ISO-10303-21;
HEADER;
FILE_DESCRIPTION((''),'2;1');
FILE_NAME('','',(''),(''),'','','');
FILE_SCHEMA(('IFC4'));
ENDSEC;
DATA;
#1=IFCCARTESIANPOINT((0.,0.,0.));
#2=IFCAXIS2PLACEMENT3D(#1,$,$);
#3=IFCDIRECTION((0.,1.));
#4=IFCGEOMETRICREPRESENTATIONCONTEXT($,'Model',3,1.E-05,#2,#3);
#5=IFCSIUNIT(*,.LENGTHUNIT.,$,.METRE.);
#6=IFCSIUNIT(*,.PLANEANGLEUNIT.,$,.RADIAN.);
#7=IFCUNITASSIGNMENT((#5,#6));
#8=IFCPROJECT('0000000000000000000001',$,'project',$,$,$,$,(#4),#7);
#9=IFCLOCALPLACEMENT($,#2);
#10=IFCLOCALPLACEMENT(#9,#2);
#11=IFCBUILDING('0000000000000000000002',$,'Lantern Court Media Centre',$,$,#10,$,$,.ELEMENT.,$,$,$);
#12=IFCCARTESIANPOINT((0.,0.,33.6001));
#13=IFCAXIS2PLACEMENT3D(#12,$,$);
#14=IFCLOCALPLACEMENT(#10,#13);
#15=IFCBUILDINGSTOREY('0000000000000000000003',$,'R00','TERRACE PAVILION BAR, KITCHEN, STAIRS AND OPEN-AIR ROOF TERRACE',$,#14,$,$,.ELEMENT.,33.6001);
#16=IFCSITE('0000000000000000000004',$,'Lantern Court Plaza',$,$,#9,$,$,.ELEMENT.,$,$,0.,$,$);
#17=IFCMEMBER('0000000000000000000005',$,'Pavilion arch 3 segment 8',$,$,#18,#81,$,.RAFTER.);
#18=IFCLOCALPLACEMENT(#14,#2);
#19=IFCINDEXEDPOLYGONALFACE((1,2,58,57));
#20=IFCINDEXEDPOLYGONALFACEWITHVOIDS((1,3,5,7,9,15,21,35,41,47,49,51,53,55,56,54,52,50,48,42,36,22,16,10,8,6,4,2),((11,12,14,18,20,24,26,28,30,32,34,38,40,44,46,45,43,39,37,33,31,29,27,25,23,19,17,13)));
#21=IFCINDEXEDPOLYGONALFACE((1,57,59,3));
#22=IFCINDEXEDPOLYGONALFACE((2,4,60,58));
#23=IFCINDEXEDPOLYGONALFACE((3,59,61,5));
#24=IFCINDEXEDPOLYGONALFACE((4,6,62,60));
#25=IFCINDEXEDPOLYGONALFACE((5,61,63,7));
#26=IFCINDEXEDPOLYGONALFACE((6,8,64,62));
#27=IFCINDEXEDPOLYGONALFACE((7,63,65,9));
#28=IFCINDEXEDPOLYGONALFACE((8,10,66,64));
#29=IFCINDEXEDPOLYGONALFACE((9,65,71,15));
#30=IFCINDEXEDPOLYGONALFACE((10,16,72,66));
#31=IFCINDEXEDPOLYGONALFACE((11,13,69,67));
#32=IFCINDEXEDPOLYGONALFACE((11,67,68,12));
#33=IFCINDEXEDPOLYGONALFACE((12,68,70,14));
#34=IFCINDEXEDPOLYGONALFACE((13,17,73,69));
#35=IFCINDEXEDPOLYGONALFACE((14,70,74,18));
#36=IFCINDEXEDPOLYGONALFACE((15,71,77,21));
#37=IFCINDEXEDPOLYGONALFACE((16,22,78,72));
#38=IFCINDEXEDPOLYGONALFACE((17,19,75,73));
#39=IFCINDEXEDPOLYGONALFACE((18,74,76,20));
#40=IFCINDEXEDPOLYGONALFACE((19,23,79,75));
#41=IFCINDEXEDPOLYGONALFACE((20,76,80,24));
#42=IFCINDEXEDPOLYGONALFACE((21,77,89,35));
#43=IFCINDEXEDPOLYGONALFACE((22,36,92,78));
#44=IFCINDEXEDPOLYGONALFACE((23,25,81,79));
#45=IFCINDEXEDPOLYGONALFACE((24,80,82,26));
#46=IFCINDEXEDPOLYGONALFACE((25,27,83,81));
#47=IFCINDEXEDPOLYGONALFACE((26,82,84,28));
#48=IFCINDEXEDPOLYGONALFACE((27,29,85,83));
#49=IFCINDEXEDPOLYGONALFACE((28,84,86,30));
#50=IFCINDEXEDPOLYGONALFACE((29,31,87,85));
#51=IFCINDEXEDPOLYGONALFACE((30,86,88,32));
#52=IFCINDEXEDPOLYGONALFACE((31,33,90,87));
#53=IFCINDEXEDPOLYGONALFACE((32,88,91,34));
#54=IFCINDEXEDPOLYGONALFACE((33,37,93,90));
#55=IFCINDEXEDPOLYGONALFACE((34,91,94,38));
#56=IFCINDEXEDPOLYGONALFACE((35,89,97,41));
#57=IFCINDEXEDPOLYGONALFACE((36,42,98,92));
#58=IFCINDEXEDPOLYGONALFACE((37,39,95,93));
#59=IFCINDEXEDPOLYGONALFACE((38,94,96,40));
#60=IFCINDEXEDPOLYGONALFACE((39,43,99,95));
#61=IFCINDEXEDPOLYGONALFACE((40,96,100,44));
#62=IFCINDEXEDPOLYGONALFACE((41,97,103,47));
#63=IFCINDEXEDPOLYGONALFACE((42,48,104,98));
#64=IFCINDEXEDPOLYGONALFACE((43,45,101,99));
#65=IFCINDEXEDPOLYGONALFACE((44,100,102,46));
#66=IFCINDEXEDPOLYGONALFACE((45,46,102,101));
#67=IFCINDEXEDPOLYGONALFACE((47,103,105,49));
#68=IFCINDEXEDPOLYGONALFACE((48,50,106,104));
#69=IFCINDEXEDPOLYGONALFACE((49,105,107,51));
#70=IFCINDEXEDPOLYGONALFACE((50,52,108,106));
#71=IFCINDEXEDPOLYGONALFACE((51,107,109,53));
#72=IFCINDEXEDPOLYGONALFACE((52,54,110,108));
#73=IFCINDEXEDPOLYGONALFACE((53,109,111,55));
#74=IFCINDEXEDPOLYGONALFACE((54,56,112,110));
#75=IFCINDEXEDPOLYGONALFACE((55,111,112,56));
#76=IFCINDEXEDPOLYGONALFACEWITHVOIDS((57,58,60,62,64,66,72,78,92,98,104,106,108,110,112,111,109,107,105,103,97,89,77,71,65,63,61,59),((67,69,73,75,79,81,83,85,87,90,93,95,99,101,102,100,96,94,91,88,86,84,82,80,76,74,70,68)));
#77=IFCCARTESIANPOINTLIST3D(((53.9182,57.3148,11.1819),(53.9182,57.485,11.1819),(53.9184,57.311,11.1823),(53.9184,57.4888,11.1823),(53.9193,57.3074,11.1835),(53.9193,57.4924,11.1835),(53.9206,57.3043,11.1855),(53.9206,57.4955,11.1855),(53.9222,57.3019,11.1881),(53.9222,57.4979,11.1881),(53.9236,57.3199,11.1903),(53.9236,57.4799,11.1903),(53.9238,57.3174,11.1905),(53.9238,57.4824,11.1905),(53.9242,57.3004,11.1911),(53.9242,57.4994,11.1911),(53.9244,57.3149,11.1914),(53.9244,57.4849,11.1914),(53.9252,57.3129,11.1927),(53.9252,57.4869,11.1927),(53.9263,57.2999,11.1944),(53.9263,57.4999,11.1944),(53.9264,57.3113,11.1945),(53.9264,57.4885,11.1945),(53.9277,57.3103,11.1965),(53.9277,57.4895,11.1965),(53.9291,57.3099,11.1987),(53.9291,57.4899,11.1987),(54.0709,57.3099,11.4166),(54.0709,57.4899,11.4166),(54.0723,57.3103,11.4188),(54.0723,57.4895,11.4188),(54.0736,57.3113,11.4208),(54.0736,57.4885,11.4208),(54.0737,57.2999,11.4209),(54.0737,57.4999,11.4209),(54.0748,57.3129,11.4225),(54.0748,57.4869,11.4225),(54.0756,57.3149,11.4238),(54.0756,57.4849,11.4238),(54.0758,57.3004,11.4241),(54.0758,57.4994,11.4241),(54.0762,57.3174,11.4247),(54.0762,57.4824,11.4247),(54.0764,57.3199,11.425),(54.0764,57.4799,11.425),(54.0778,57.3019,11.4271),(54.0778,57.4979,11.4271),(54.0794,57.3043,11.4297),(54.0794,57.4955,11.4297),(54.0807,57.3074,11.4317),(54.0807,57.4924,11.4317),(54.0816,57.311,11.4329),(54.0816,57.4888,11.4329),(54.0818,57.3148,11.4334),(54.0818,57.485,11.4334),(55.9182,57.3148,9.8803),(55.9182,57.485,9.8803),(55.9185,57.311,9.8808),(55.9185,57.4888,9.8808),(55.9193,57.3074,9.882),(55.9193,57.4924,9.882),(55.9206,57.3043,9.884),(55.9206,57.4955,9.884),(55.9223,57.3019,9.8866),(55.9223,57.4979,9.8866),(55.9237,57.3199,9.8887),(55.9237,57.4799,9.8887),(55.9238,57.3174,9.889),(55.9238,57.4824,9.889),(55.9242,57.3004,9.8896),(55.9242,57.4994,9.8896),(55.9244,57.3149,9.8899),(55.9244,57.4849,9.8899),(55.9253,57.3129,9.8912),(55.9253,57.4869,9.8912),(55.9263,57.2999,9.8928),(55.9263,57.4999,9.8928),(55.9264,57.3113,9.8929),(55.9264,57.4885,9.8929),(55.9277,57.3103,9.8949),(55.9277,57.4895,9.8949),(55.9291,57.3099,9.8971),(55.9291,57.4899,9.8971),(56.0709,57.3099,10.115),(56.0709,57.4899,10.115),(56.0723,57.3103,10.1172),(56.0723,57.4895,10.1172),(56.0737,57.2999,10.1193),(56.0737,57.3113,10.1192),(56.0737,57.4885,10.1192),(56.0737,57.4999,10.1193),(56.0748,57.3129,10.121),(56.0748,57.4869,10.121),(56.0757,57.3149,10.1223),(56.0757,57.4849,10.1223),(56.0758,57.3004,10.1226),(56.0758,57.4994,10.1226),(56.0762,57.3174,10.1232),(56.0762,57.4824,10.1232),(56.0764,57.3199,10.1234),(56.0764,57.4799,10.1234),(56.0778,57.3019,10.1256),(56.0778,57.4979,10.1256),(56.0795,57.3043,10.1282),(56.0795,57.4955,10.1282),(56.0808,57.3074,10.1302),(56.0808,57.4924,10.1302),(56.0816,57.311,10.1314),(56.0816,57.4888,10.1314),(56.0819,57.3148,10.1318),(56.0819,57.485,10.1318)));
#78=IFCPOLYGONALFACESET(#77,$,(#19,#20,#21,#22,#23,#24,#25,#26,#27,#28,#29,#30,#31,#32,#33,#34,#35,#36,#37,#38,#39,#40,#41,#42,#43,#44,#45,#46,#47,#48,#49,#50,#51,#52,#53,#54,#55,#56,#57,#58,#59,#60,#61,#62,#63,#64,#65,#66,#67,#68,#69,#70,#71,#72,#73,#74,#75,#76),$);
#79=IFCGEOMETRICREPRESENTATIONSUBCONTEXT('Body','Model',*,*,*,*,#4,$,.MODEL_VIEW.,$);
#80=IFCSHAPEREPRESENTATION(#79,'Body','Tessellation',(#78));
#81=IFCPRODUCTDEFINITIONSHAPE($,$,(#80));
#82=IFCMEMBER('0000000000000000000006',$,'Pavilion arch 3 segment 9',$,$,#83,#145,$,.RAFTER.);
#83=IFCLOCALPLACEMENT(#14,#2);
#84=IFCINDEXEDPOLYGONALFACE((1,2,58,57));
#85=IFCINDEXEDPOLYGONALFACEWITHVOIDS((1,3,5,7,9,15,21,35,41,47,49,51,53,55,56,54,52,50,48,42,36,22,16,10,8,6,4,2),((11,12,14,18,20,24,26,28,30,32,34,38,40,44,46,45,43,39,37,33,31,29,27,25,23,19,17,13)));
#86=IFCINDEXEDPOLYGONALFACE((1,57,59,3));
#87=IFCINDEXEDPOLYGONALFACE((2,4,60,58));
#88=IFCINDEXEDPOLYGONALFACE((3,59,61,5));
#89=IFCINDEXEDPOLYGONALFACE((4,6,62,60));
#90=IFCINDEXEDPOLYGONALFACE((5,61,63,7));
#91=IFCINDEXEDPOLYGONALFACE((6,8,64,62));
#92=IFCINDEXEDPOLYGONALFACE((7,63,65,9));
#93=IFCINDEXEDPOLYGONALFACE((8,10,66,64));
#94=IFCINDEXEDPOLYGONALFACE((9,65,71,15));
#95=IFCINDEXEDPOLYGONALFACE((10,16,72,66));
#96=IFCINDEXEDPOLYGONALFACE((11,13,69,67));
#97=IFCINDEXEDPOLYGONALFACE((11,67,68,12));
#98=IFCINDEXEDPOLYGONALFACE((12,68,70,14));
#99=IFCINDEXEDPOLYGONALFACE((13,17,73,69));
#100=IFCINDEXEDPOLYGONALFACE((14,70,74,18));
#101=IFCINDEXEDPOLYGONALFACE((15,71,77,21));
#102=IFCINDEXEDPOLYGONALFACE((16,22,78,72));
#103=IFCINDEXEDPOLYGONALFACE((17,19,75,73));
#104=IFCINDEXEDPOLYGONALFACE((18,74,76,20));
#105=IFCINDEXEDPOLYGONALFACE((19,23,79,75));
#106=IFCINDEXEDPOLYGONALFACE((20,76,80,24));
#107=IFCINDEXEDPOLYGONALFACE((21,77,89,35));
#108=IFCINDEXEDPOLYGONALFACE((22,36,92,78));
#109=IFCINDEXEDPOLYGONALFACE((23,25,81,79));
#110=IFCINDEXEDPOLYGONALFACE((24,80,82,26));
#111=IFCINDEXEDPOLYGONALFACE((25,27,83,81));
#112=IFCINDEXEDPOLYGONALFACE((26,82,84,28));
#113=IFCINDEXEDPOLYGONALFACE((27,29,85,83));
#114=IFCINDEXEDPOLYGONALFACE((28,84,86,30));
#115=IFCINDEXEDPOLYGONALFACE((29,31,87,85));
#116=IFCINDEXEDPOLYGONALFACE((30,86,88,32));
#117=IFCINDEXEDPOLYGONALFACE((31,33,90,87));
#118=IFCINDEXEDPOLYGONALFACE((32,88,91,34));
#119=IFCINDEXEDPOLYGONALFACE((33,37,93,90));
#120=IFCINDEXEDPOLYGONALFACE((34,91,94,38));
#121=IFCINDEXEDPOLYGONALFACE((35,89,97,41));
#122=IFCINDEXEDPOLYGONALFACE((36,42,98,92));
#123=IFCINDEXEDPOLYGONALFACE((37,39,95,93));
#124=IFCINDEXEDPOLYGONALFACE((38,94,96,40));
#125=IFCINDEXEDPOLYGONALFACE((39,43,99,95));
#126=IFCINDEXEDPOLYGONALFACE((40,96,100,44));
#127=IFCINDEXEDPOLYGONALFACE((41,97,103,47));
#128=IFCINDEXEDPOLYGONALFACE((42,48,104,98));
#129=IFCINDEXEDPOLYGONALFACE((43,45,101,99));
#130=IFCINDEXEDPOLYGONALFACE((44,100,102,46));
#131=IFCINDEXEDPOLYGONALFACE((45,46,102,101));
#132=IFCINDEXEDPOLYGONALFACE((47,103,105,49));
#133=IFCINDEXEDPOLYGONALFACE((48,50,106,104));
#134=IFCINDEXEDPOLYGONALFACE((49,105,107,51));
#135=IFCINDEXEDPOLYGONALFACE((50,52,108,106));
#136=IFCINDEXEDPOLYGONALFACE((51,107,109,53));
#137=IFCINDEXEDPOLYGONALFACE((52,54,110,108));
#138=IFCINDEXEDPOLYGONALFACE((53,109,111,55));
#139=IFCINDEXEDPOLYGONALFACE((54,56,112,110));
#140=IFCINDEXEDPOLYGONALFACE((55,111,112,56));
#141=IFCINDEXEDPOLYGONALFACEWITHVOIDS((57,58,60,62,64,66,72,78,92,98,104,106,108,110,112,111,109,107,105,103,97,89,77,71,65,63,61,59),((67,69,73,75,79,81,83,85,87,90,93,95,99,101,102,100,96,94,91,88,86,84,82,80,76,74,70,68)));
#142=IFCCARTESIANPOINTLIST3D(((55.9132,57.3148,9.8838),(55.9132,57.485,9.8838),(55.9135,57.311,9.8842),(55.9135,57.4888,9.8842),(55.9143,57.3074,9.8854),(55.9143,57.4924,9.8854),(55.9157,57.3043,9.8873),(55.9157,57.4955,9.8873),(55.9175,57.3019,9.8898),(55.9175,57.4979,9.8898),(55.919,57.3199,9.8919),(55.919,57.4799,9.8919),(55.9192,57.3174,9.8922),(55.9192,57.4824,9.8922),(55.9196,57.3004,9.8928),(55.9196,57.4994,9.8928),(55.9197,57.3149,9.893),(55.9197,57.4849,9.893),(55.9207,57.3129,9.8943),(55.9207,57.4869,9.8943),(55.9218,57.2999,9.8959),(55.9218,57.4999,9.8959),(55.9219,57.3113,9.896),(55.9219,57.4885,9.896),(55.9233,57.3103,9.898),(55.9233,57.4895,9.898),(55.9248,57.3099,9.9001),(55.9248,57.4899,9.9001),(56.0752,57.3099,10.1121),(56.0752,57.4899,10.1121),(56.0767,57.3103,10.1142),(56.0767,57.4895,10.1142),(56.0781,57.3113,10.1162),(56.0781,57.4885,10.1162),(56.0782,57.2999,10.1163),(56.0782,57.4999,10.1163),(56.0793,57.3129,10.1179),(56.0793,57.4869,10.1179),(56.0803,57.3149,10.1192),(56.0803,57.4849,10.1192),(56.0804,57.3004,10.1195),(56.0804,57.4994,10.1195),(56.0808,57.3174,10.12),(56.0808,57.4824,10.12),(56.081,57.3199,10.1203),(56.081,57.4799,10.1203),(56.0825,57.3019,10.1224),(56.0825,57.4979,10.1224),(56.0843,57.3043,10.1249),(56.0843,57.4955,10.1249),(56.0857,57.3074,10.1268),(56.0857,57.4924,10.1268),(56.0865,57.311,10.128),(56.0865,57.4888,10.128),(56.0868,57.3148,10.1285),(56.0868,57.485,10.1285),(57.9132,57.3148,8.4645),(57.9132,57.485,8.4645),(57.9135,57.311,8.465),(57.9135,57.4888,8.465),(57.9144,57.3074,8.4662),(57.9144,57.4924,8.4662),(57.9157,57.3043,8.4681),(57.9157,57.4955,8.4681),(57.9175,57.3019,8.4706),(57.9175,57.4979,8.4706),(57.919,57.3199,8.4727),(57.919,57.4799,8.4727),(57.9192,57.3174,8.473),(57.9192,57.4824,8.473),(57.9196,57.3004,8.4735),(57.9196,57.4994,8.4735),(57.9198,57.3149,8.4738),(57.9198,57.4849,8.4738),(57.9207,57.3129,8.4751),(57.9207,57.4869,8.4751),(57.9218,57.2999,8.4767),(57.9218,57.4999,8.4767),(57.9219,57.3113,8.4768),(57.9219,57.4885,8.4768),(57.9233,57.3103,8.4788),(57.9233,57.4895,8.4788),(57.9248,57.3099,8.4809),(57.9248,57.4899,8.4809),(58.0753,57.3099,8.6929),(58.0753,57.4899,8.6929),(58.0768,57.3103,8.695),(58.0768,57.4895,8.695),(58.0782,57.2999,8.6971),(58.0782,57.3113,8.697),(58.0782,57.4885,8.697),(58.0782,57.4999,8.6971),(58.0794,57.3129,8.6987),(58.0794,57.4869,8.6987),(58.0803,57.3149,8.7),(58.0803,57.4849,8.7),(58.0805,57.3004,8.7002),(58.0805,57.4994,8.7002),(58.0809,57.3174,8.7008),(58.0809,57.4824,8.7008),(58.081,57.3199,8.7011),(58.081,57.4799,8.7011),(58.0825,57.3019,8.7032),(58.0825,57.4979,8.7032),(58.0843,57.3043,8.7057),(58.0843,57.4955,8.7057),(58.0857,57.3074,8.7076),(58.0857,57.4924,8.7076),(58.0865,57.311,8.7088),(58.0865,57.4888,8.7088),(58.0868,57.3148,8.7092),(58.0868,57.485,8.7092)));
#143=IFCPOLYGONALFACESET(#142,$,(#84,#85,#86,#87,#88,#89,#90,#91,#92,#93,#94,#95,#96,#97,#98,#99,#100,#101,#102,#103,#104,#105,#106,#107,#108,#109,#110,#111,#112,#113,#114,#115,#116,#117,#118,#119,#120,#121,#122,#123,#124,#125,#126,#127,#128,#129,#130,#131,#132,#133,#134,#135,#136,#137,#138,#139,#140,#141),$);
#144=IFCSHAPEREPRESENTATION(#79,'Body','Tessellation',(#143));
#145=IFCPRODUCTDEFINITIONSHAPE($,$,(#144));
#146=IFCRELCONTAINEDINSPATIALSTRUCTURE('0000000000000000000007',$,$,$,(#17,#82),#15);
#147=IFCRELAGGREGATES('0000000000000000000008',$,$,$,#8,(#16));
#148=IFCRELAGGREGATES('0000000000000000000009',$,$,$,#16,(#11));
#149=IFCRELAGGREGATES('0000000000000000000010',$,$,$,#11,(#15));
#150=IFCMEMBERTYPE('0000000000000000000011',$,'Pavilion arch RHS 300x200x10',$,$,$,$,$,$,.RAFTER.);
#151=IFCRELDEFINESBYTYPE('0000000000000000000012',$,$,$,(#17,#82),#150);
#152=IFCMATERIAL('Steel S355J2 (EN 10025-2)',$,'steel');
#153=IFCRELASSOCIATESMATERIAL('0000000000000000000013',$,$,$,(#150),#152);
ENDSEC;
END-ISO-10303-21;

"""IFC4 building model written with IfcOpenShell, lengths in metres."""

from ifc_helpers import new_model, si_unit, direction, frame, origin, origin_2d, place, context, subcontext, project, spatial, hollow_rectangle, extrude, material, material_profile, profile_set, type_object, element, save


model = new_model("IFC4")

# Units and contexts
model_context = context("Model", 3, precision=1e-05, world=origin(), true_north=direction((0.0, 1.0)))
body_context = subcontext(model_context, "Body", "Model", "MODEL_VIEW")
ifc_project = project(units=[si_unit("LENGTHUNIT", "METRE"), si_unit("PLANEANGLEUNIT", "RADIAN")], contexts=[model_context])

# Site, building, storey
site_placement = place(None, origin())
site = spatial("IfcSite", under=ifc_project, at=site_placement, Name="Lantern Court Plaza", CompositionType="ELEMENT", RefElevation=0.0)
building_placement = place(site_placement, origin())
building = spatial("IfcBuilding", under=site, at=building_placement, Name="Lantern Court Media Centre", CompositionType="ELEMENT")
storey_placement = place(building_placement, frame((0.0, 0.0, 33.6001)))
storey = spatial("IfcBuildingStorey", under=building, at=storey_placement, Name="R00", Description="TERRACE PAVILION BAR, KITCHEN, STAIRS AND OPEN-AIR ROOF TERRACE", CompositionType="ELEMENT", Elevation=33.6001)

# Members
ifc_material_1 = material(Name="Steel S355J2 (EN 10025-2)", Category="steel")
ifc_material_profile_1 = material_profile(ifc_material_1, hollow_rectangle(XDim=0.2, YDim=0.3, WallThickness=0.01, InnerFilletRadius=0.01, OuterFilletRadius=0.0149, at=origin_2d()), Name="Pavilion arch RHS 300x200x10")
ifc_profile_set_1 = profile_set([ifc_material_profile_1], Name="Steel S355J2 (EN 10025-2)")
member_type_1 = type_object("IfcMemberType", Name="Pavilion arch RHS 300x200x10", PredefinedType="RAFTER", material=ifc_profile_set_1)
member_1_placement = place(storey_placement, frame((54.0, 57.3999, 11.3076), z_axis=(0.838154, 0.0, -0.545434), x_axis=(0.0, 1.0, 0.0)))
element("IfcMember", 1, at=member_1_placement, inside=storey, type_object=member_type_1, Name="Pavilion arch 3 segment 8", PredefinedType="RAFTER", context=body_context, shape_type="SweptSolid", body=[
    extrude(hollow_rectangle(XDim=0.2, YDim=0.3, WallThickness=0.01, InnerFilletRadius=0.01, OuterFilletRadius=0.0149, at=origin_2d()), origin(), (0.0, 0.0, 1.0), 2.3862),
])
member_2_placement = place(storey_placement, frame((56.0, 57.3999, 10.0061), z_axis=(0.815539, 0.0, -0.578702), x_axis=(0.0, 1.0, 0.0)))
element("IfcMember", 2, at=member_2_placement, inside=storey, type_object=member_type_1, Name="Pavilion arch 3 segment 9", PredefinedType="RAFTER", context=body_context, shape_type="SweptSolid", body=[
    extrude(hollow_rectangle(XDim=0.2, YDim=0.3, WallThickness=0.01, InnerFilletRadius=0.01, OuterFilletRadius=0.0149, at=origin_2d()), origin(), (0.0, 0.0, 1.0), 2.4524),
])

save(model, "model.ifc")
